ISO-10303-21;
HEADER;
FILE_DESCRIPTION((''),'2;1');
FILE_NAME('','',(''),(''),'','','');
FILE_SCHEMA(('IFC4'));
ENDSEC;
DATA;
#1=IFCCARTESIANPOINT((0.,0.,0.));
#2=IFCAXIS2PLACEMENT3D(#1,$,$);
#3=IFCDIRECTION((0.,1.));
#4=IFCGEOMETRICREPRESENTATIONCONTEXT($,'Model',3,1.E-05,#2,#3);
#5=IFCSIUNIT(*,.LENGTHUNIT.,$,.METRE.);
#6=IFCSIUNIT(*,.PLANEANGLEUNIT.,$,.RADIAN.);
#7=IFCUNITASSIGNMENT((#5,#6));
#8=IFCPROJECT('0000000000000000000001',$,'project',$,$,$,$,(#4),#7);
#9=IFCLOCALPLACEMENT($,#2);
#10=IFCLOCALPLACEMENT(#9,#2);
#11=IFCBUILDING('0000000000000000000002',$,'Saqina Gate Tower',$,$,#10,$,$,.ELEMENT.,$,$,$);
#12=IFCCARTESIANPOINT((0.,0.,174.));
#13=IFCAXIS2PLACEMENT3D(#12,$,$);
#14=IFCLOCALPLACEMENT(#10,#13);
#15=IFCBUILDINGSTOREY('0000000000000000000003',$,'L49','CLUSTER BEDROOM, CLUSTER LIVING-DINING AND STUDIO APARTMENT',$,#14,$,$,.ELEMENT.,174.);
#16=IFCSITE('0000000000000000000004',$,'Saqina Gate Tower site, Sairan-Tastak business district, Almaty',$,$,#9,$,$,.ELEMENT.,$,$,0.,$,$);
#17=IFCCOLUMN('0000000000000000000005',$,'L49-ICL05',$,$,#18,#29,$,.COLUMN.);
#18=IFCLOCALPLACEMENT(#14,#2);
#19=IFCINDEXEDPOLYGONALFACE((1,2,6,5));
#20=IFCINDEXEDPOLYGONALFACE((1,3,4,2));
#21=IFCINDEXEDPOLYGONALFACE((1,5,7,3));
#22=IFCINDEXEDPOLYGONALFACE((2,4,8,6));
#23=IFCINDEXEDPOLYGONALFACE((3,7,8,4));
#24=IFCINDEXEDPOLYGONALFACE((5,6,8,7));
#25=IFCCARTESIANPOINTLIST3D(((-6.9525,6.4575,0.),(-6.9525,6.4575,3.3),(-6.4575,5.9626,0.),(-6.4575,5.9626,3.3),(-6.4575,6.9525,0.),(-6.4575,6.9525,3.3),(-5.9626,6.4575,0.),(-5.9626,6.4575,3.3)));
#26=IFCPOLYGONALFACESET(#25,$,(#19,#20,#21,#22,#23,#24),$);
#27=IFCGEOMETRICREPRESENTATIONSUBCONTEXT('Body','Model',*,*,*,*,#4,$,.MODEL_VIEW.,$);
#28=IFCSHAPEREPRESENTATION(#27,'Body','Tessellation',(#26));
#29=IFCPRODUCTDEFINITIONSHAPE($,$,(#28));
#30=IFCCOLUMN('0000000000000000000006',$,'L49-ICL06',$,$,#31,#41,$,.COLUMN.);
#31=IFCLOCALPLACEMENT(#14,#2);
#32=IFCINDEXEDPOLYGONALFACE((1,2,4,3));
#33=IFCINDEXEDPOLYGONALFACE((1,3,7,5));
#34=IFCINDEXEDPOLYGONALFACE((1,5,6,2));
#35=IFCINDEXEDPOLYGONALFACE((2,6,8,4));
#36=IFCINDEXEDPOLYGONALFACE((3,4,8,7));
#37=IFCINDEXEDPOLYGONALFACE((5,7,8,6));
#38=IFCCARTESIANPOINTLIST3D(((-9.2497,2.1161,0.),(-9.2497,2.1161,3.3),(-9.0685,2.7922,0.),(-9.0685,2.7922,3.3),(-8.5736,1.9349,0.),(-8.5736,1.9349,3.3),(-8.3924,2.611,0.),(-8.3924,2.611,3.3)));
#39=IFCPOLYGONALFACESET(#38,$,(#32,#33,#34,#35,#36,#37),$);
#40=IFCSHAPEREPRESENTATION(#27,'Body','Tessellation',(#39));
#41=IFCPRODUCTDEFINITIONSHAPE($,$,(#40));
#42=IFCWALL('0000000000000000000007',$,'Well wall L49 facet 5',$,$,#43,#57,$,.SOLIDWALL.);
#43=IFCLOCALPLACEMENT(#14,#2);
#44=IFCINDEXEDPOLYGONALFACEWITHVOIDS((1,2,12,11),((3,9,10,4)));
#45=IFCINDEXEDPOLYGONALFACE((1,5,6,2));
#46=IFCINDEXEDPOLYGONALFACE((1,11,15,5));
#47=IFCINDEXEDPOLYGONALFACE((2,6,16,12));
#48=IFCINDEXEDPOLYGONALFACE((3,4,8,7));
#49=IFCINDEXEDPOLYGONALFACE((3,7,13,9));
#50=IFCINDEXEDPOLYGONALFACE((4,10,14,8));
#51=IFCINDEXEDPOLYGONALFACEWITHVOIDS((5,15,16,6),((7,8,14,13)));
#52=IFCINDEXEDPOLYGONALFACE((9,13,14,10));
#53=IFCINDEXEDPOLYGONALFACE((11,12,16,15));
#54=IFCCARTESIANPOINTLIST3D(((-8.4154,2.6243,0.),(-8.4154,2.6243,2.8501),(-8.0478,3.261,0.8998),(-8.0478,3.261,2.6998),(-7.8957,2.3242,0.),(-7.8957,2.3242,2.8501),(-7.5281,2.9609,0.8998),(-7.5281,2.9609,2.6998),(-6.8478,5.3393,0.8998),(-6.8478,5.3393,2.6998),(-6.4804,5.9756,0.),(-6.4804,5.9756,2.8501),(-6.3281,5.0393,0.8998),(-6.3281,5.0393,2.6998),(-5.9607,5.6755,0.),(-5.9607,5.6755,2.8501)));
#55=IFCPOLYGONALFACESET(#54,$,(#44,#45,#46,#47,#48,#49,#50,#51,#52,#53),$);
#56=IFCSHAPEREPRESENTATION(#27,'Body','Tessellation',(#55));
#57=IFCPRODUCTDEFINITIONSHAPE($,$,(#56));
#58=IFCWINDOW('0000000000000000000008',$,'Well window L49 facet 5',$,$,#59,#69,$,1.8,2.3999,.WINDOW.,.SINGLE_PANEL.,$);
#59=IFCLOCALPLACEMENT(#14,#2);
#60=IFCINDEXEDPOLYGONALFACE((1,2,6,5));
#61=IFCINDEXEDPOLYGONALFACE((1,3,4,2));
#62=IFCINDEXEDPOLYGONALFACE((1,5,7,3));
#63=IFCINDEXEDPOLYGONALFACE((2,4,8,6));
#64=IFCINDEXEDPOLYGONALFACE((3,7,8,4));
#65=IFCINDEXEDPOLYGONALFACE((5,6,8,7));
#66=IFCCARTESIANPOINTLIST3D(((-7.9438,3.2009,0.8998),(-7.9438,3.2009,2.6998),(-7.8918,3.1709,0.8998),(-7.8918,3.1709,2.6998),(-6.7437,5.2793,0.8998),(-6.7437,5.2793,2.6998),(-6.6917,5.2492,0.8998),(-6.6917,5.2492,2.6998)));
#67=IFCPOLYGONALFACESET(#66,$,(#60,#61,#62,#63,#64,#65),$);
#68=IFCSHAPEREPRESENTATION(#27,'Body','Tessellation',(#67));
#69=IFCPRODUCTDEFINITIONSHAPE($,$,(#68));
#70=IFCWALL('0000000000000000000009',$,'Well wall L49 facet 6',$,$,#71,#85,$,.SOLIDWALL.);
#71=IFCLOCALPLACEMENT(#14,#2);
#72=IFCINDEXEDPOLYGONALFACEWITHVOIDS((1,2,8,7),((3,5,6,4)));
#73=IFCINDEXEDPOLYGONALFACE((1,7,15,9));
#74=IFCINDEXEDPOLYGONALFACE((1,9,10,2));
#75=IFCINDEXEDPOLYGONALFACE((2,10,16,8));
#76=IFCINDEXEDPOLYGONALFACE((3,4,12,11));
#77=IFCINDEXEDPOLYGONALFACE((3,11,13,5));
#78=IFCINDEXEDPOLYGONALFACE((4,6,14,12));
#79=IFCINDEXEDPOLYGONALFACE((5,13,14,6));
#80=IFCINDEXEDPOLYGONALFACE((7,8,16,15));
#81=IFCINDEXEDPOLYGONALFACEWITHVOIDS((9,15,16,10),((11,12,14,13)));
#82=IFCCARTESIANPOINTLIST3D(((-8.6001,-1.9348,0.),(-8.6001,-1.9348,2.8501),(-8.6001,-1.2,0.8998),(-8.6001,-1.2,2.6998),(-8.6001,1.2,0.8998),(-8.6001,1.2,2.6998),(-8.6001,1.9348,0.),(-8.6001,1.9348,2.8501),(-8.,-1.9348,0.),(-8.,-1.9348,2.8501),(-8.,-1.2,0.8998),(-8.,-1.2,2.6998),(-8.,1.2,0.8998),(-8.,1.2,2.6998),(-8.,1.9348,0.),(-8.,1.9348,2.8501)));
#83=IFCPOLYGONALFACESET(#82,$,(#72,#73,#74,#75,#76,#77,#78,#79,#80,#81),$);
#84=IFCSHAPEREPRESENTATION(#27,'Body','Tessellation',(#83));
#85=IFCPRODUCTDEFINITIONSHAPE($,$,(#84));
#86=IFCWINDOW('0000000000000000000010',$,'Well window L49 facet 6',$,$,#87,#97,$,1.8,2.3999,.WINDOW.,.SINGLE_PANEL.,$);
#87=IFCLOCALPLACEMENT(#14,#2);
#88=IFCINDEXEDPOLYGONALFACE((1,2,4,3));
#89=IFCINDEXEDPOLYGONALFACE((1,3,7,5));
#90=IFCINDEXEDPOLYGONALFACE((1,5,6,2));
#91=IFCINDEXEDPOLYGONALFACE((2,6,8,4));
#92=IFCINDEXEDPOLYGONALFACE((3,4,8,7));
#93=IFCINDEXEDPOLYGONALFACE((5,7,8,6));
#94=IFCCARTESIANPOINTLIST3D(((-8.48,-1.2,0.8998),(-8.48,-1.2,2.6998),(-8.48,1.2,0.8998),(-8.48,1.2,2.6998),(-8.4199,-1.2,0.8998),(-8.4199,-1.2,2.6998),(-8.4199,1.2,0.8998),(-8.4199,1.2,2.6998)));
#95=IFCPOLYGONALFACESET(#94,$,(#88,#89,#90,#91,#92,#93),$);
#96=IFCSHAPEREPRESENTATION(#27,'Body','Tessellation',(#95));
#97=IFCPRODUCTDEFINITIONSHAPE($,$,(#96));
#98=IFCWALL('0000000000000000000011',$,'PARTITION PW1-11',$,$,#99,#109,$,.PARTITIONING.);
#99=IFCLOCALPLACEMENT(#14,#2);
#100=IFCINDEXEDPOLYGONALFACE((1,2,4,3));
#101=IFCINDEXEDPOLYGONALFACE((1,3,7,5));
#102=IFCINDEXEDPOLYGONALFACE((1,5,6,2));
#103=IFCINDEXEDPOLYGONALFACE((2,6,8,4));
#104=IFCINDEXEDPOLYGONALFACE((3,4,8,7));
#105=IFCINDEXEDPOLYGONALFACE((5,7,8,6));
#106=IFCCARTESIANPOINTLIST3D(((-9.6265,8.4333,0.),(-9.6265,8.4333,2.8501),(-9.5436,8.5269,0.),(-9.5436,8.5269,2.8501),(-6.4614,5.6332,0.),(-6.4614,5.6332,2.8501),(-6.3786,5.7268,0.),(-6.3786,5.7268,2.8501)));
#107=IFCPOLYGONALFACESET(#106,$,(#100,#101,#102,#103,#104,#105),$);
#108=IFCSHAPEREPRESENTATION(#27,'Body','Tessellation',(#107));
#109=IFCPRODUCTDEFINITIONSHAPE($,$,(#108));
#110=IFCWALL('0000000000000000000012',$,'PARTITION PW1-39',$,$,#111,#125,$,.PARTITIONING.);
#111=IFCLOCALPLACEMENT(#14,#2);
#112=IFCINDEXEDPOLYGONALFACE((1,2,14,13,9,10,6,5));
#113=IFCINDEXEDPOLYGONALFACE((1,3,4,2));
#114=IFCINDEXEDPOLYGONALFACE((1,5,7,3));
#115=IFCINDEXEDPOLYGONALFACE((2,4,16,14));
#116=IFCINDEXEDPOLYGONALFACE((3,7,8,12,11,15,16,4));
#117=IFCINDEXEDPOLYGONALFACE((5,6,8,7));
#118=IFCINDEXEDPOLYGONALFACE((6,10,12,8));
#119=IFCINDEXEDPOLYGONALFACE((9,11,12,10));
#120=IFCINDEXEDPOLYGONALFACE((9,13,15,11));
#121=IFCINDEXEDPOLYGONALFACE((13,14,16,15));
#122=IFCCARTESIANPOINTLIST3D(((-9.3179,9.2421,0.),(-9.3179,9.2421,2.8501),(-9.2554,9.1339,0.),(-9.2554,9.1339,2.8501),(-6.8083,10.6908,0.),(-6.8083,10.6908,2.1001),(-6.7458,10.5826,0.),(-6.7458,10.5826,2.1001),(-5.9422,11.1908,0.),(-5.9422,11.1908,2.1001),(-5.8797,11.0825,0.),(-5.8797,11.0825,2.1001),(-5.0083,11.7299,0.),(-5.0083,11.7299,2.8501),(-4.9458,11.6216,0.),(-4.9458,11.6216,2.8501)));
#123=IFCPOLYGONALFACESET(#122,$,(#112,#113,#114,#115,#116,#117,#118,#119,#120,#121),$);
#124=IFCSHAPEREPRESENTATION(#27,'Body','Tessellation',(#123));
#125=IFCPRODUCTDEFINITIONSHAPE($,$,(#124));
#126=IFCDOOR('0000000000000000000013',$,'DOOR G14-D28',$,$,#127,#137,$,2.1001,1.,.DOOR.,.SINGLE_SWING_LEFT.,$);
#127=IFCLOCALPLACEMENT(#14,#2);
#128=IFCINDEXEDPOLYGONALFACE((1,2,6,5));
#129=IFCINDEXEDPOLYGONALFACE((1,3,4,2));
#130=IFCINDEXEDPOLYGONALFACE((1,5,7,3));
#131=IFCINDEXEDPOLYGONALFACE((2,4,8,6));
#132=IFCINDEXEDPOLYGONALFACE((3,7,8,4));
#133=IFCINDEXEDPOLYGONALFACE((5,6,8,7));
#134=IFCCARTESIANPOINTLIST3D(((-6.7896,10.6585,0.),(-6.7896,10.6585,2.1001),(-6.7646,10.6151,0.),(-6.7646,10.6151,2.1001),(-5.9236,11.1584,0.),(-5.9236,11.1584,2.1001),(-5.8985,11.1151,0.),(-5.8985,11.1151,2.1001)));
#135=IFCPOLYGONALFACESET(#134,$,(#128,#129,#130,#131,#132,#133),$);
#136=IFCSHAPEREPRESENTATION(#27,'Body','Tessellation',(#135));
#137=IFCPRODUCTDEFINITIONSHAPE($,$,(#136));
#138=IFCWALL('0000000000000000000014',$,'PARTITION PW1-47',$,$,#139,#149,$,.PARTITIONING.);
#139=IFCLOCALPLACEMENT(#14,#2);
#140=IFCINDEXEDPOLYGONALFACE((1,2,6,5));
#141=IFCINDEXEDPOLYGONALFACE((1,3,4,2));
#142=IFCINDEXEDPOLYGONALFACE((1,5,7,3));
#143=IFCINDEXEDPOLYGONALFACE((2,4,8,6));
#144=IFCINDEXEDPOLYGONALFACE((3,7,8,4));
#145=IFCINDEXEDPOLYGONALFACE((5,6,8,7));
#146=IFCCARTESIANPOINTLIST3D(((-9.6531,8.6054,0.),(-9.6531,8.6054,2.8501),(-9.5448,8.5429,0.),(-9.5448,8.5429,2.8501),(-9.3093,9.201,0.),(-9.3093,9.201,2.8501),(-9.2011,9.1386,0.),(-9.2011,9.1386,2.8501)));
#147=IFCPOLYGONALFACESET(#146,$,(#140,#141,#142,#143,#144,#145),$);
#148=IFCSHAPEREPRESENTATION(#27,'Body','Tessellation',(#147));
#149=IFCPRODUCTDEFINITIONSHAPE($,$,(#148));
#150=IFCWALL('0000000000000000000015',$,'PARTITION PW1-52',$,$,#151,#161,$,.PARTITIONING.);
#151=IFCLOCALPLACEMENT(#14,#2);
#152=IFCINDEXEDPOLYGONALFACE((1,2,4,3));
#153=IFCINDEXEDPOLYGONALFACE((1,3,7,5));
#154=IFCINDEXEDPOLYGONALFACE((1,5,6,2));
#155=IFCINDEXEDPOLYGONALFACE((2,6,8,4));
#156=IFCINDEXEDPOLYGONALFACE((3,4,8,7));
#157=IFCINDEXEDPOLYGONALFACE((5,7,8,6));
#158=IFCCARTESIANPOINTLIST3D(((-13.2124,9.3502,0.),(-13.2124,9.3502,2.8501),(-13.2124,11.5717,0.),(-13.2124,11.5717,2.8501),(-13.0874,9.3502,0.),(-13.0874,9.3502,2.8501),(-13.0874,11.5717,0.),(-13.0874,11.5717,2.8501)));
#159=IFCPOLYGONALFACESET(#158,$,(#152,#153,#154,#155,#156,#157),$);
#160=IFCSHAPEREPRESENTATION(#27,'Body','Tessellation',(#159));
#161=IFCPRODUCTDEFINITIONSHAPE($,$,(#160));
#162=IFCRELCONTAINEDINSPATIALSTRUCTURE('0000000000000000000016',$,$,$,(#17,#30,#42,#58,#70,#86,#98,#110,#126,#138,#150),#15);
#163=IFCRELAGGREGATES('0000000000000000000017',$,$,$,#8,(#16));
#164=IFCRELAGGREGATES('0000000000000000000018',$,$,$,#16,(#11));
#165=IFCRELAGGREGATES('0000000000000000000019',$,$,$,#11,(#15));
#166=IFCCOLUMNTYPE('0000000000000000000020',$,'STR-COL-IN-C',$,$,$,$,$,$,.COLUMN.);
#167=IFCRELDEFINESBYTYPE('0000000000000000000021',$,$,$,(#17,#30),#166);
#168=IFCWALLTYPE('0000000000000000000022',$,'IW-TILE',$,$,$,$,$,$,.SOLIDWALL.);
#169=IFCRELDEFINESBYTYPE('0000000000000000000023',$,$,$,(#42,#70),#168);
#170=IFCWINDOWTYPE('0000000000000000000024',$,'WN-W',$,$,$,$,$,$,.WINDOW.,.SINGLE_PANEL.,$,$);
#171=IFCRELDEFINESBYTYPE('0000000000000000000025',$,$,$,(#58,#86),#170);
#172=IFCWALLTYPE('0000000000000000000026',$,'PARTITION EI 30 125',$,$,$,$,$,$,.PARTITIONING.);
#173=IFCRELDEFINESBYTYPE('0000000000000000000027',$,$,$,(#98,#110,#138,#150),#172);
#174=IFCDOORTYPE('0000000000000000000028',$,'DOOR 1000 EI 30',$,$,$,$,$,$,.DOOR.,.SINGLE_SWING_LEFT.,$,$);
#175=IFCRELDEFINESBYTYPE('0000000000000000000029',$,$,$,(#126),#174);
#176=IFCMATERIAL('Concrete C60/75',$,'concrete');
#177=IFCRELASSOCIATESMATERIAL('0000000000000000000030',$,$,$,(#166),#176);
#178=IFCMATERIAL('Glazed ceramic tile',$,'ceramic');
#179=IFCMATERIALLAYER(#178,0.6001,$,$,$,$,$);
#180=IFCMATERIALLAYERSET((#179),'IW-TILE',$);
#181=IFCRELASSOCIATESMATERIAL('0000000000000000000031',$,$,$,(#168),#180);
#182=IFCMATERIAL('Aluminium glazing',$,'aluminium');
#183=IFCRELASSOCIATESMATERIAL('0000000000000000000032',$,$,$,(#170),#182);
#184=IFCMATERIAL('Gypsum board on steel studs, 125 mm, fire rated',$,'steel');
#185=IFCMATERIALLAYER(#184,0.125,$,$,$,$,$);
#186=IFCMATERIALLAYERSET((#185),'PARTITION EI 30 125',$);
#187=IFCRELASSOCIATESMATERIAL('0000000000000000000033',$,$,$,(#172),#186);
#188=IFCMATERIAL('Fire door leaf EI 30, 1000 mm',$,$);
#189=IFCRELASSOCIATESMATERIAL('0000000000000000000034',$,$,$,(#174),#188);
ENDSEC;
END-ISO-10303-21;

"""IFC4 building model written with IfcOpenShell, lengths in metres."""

from ifc_helpers import new_model, si_unit, direction, frame, frame_2d, origin, origin_2d, place, context, subcontext, project, spatial, rectangle, extrude, material, layer, layer_set, material_profile, profile_set, type_object, element, fill, save


model = new_model("IFC4")

# Units and contexts
model_context = context("Model", 3, precision=1e-05, world=origin(), true_north=direction((0.0, 1.0)))
body_context = subcontext(model_context, "Body", "Model", "MODEL_VIEW")
ifc_project = project(units=[si_unit("LENGTHUNIT", "METRE"), si_unit("PLANEANGLEUNIT", "RADIAN")], contexts=[model_context])

# Site, building, storey
site_placement = place(None, origin())
site = spatial("IfcSite", under=ifc_project, at=site_placement, Name="Saqina Gate Tower site, Sairan-Tastak business district, Almaty", CompositionType="ELEMENT", RefElevation=0.0)
building_placement = place(site_placement, origin())
building = spatial("IfcBuilding", under=site, at=building_placement, Name="Saqina Gate Tower", CompositionType="ELEMENT")
storey_placement = place(building_placement, frame((0.0, 0.0, 174.0)))
storey = spatial("IfcBuildingStorey", under=building, at=storey_placement, Name="L49", Description="CLUSTER BEDROOM, CLUSTER LIVING-DINING AND STUDIO APARTMENT", CompositionType="ELEMENT", Elevation=174.0)

# Columns
ifc_material_1 = material(Name="Concrete C60/75", Category="concrete")
ifc_material_profile = material_profile(ifc_material_1, rectangle(XDim=0.7, YDim=0.7, at=origin_2d()), Name="RC 700x700")
ifc_profile_set = profile_set([ifc_material_profile], Name="Concrete C60/75")
column_type = type_object("IfcColumnType", Name="STR-COL-IN-C", PredefinedType="COLUMN", material=ifc_profile_set)
for number, where, z_axis, x_axis, name in (
    (1, (-6.4575, 6.4575, 0.0), (0.0, 0.0, 1.0), (-0.707107, 0.707107, 0.0), "L49-ICL05"),
    (2, (-8.821, 2.3635, 0.0), (0.0, 0.0, 1.0), (-0.965926, 0.258819, 0.0), "L49-ICL06"),
):
    element("IfcColumn", number, at=place(storey_placement, frame(where, z_axis=z_axis, x_axis=x_axis)), inside=storey, type_object=column_type, Name=name, PredefinedType="COLUMN", context=body_context, shape_type="SweptSolid", body=[
        extrude(rectangle(XDim=0.7, YDim=0.7, at=origin_2d()), origin(), (0.0, 0.0, 1.0), 3.3),
    ])

# Walls, openings, windows
ifc_material_2 = material(Name="Glazed ceramic tile", Category="ceramic")
ifc_layer_1 = layer(ifc_material_2, 0.6001)
ifc_layer_set_1 = layer_set([ifc_layer_1], Name="IW-TILE")
wall_type_1 = type_object("IfcWallType", Name="IW-TILE", PredefinedType="SOLIDWALL", material=ifc_layer_set_1)
wall_1_placement = place(storey_placement, frame((-6.2205, 5.8257, 0.0), z_axis=(0.0, 0.0, 1.0), x_axis=(-0.500034, -0.866006, 0.0)))
wall_1 = element("IfcWall", 3, at=wall_1_placement, inside=storey, type_object=wall_type_1, Name="Well wall L49 facet 5", PredefinedType="SOLIDWALL", context=body_context, shape_type="SweptSolid", body=[
    extrude(rectangle(XDim=3.8699, YDim=0.6001, at=frame_2d((1.9351, 0.0))), origin(), (0.0, 0.0, 1.0), 2.8501),
])
opening_1_placement = place(wall_1_placement, frame((0.7349, 0.0, 0.8999)))
opening_1 = element("IfcOpeningElement", 4, at=opening_1_placement, cuts=wall_1, PredefinedType="OPENING", context=body_context, shape_type="SweptSolid", body=[
    extrude(rectangle(XDim=2.3999, YDim=1.8, at=frame_2d((1.2, 0.8999))), frame((0.0, 0.312, 0.0), z_axis=(0.0, -1.0, 0.0), x_axis=(1.0, 0.0, 0.0)), (0.0, 0.0, 1.0), 0.624),
])
ifc_material_3 = material(Name="Aluminium glazing", Category="aluminium")
window_type = type_object("IfcWindowType", Name="WN-W", PartitioningType="SINGLE_PANEL", PredefinedType="WINDOW", material=ifc_material_3)
window_1_placement = place(opening_1_placement, origin())
window_1 = element("IfcWindow", 5, at=window_1_placement, inside=storey, type_object=window_type, Name="Well window L49 facet 5", OverallHeight=1.8, OverallWidth=2.3999, PartitioningType="SINGLE_PANEL", PredefinedType="WINDOW", context=body_context, shape_type="SweptSolid", body=[
    extrude(rectangle(XDim=2.3999, YDim=1.8, at=frame_2d((1.2, 0.8999))), frame((0.0, -0.1199, 0.0), z_axis=(0.0, -1.0, 0.0), x_axis=(1.0, 0.0, 0.0)), (0.0, 0.0, 1.0), 0.0601),
])
fill(opening_1, window_1)
wall_2_placement = place(storey_placement, frame((-8.3, 1.9348, 0.0), z_axis=(0.0, 0.0, 1.0), x_axis=(0.0, -1.0, 0.0)))
wall_2 = element("IfcWall", 6, at=wall_2_placement, inside=storey, type_object=wall_type_1, Name="Well wall L49 facet 6", PredefinedType="SOLIDWALL", context=body_context, shape_type="SweptSolid", body=[
    extrude(rectangle(XDim=3.8696, YDim=0.6001, at=frame_2d((1.9348, 0.0))), origin(), (0.0, 0.0, 1.0), 2.8501),
])
opening_2_placement = place(wall_2_placement, frame((0.7349, 0.0, 0.8999)))
opening_2 = element("IfcOpeningElement", 7, at=opening_2_placement, cuts=wall_2, PredefinedType="OPENING", context=body_context, shape_type="SweptSolid", body=[
    extrude(rectangle(XDim=2.3999, YDim=1.8, at=frame_2d((1.2, 0.8999))), frame((0.0, 0.312, 0.0), z_axis=(0.0, -1.0, 0.0), x_axis=(1.0, 0.0, 0.0)), (0.0, 0.0, 1.0), 0.624),
])
window_2_placement = place(opening_2_placement, origin())
window_2 = element("IfcWindow", 8, at=window_2_placement, inside=storey, type_object=window_type, Name="Well window L49 facet 6", OverallHeight=1.8, OverallWidth=2.3999, PartitioningType="SINGLE_PANEL", PredefinedType="WINDOW", context=body_context, shape_type="SweptSolid", body=[
    extrude(rectangle(XDim=2.3999, YDim=1.8, at=frame_2d((1.2, 0.8999))), frame((0.0, -0.1199, 0.0), z_axis=(0.0, -1.0, 0.0), x_axis=(1.0, 0.0, 0.0)), (0.0, 0.0, 1.0), 0.0601),
])
fill(opening_2, window_2)

# Wall
ifc_material_4 = material(Name="Gypsum board on steel studs, 125 mm, fire rated", Category="steel")
ifc_layer_2 = layer(ifc_material_4, 0.125)
ifc_layer_set_2 = layer_set([ifc_layer_2], Name="PARTITION EI 30 125")
wall_type_2 = type_object("IfcWallType", Name="PARTITION EI 30 125", PredefinedType="PARTITIONING", material=ifc_layer_set_2)
wall_3_placement = place(storey_placement, frame((-9.585, 8.48, 0.0), z_axis=(0.0, 0.0, 1.0), x_axis=(0.748972, -0.662601, 0.0)))
element("IfcWall", 9, at=wall_3_placement, inside=storey, type_object=wall_type_2, Name="PARTITION PW1-11", PredefinedType="PARTITIONING", context=body_context, shape_type="SweptSolid", body=[
    extrude(rectangle(XDim=4.2258, YDim=0.125, at=frame_2d((2.1128, 0.0))), origin(), (0.0, 0.0, 1.0), 2.8501),
])

# Wall, opening, door
wall_4_placement = place(storey_placement, frame((-9.2866, 9.188, 0.0), z_axis=(0.0, 0.0, 1.0), x_axis=(0.866055, 0.499949, 0.0)))
wall_4 = element("IfcWall", 10, at=wall_4_placement, inside=storey, type_object=wall_type_2, Name="PARTITION PW1-39", PredefinedType="PARTITIONING", context=body_context, shape_type="SweptSolid", body=[
    extrude(rectangle(XDim=4.9761, YDim=0.125, at=frame_2d((2.488, 0.0))), origin(), (0.0, 0.0, 1.0), 2.8501),
])
opening_3_placement = place(wall_4_placement, frame((2.8977, 0.0, 0.0)))
opening_3 = element("IfcOpeningElement", 11, at=opening_3_placement, cuts=wall_4, PredefinedType="OPENING", context=body_context, shape_type="SweptSolid", body=[
    extrude(rectangle(XDim=1.0, YDim=2.1001, at=frame_2d((0.5, 1.05))), frame((0.0, 0.0745, 0.0), z_axis=(0.0, -1.0, 0.0), x_axis=(1.0, 0.0, 0.0)), (0.0, 0.0, 1.0), 0.1489),
])
ifc_material_5 = material(Name="Fire door leaf EI 30, 1000 mm")
door_type_1 = type_object("IfcDoorType", Name="DOOR 1000 EI 30", OperationType="SINGLE_SWING_LEFT", PredefinedType="DOOR", material=ifc_material_5)
door_1_placement = place(opening_3_placement, frame((1.0, 0.0, 0.0), z_axis=(0.0, 0.0, 1.0), x_axis=(-1.0, 0.0, 0.0)))
door_1 = element("IfcDoor", 12, at=door_1_placement, inside=storey, type_object=door_type_1, Name="DOOR G14-D28", OperationType="SINGLE_SWING_LEFT", OverallHeight=2.1001, OverallWidth=1.0, PredefinedType="DOOR", context=body_context, shape_type="SweptSolid", body=[
    extrude(rectangle(XDim=1.0, YDim=2.1001, at=frame_2d((0.5, 1.05))), frame((0.0, 0.0249, 0.0), z_axis=(0.0, -1.0, 0.0), x_axis=(1.0, 0.0, 0.0)), (0.0, 0.0, 1.0), 0.05),
])
fill(opening_3, door_1)

# Walls
wall_5_placement = place(storey_placement, frame((-9.5989, 8.5742, 0.0), z_axis=(0.0, 0.0, 1.0), x_axis=(0.499804, 0.866138, 0.0)))
element("IfcWall", 13, at=wall_5_placement, inside=storey, type_object=wall_type_2, Name="PARTITION PW1-47", PredefinedType="PARTITIONING", context=body_context, shape_type="SweptSolid", body=[
    extrude(rectangle(XDim=0.6877, YDim=0.125, at=frame_2d((0.3438, 0.0))), origin(), (0.0, 0.0, 1.0), 2.8501),
])
wall_6_placement = place(storey_placement, frame((-13.1499, 9.3501, 0.0), z_axis=(0.0, 0.0, 1.0), x_axis=(0.0, 1.0, 0.0)))
element("IfcWall", 14, at=wall_6_placement, inside=storey, type_object=wall_type_2, Name="PARTITION PW1-52", PredefinedType="PARTITIONING", context=body_context, shape_type="SweptSolid", body=[
    extrude(rectangle(XDim=2.2214, YDim=0.125, at=frame_2d((1.1108, 0.0))), origin(), (0.0, 0.0, 1.0), 2.8501),
])

save(model, "model.ifc")
